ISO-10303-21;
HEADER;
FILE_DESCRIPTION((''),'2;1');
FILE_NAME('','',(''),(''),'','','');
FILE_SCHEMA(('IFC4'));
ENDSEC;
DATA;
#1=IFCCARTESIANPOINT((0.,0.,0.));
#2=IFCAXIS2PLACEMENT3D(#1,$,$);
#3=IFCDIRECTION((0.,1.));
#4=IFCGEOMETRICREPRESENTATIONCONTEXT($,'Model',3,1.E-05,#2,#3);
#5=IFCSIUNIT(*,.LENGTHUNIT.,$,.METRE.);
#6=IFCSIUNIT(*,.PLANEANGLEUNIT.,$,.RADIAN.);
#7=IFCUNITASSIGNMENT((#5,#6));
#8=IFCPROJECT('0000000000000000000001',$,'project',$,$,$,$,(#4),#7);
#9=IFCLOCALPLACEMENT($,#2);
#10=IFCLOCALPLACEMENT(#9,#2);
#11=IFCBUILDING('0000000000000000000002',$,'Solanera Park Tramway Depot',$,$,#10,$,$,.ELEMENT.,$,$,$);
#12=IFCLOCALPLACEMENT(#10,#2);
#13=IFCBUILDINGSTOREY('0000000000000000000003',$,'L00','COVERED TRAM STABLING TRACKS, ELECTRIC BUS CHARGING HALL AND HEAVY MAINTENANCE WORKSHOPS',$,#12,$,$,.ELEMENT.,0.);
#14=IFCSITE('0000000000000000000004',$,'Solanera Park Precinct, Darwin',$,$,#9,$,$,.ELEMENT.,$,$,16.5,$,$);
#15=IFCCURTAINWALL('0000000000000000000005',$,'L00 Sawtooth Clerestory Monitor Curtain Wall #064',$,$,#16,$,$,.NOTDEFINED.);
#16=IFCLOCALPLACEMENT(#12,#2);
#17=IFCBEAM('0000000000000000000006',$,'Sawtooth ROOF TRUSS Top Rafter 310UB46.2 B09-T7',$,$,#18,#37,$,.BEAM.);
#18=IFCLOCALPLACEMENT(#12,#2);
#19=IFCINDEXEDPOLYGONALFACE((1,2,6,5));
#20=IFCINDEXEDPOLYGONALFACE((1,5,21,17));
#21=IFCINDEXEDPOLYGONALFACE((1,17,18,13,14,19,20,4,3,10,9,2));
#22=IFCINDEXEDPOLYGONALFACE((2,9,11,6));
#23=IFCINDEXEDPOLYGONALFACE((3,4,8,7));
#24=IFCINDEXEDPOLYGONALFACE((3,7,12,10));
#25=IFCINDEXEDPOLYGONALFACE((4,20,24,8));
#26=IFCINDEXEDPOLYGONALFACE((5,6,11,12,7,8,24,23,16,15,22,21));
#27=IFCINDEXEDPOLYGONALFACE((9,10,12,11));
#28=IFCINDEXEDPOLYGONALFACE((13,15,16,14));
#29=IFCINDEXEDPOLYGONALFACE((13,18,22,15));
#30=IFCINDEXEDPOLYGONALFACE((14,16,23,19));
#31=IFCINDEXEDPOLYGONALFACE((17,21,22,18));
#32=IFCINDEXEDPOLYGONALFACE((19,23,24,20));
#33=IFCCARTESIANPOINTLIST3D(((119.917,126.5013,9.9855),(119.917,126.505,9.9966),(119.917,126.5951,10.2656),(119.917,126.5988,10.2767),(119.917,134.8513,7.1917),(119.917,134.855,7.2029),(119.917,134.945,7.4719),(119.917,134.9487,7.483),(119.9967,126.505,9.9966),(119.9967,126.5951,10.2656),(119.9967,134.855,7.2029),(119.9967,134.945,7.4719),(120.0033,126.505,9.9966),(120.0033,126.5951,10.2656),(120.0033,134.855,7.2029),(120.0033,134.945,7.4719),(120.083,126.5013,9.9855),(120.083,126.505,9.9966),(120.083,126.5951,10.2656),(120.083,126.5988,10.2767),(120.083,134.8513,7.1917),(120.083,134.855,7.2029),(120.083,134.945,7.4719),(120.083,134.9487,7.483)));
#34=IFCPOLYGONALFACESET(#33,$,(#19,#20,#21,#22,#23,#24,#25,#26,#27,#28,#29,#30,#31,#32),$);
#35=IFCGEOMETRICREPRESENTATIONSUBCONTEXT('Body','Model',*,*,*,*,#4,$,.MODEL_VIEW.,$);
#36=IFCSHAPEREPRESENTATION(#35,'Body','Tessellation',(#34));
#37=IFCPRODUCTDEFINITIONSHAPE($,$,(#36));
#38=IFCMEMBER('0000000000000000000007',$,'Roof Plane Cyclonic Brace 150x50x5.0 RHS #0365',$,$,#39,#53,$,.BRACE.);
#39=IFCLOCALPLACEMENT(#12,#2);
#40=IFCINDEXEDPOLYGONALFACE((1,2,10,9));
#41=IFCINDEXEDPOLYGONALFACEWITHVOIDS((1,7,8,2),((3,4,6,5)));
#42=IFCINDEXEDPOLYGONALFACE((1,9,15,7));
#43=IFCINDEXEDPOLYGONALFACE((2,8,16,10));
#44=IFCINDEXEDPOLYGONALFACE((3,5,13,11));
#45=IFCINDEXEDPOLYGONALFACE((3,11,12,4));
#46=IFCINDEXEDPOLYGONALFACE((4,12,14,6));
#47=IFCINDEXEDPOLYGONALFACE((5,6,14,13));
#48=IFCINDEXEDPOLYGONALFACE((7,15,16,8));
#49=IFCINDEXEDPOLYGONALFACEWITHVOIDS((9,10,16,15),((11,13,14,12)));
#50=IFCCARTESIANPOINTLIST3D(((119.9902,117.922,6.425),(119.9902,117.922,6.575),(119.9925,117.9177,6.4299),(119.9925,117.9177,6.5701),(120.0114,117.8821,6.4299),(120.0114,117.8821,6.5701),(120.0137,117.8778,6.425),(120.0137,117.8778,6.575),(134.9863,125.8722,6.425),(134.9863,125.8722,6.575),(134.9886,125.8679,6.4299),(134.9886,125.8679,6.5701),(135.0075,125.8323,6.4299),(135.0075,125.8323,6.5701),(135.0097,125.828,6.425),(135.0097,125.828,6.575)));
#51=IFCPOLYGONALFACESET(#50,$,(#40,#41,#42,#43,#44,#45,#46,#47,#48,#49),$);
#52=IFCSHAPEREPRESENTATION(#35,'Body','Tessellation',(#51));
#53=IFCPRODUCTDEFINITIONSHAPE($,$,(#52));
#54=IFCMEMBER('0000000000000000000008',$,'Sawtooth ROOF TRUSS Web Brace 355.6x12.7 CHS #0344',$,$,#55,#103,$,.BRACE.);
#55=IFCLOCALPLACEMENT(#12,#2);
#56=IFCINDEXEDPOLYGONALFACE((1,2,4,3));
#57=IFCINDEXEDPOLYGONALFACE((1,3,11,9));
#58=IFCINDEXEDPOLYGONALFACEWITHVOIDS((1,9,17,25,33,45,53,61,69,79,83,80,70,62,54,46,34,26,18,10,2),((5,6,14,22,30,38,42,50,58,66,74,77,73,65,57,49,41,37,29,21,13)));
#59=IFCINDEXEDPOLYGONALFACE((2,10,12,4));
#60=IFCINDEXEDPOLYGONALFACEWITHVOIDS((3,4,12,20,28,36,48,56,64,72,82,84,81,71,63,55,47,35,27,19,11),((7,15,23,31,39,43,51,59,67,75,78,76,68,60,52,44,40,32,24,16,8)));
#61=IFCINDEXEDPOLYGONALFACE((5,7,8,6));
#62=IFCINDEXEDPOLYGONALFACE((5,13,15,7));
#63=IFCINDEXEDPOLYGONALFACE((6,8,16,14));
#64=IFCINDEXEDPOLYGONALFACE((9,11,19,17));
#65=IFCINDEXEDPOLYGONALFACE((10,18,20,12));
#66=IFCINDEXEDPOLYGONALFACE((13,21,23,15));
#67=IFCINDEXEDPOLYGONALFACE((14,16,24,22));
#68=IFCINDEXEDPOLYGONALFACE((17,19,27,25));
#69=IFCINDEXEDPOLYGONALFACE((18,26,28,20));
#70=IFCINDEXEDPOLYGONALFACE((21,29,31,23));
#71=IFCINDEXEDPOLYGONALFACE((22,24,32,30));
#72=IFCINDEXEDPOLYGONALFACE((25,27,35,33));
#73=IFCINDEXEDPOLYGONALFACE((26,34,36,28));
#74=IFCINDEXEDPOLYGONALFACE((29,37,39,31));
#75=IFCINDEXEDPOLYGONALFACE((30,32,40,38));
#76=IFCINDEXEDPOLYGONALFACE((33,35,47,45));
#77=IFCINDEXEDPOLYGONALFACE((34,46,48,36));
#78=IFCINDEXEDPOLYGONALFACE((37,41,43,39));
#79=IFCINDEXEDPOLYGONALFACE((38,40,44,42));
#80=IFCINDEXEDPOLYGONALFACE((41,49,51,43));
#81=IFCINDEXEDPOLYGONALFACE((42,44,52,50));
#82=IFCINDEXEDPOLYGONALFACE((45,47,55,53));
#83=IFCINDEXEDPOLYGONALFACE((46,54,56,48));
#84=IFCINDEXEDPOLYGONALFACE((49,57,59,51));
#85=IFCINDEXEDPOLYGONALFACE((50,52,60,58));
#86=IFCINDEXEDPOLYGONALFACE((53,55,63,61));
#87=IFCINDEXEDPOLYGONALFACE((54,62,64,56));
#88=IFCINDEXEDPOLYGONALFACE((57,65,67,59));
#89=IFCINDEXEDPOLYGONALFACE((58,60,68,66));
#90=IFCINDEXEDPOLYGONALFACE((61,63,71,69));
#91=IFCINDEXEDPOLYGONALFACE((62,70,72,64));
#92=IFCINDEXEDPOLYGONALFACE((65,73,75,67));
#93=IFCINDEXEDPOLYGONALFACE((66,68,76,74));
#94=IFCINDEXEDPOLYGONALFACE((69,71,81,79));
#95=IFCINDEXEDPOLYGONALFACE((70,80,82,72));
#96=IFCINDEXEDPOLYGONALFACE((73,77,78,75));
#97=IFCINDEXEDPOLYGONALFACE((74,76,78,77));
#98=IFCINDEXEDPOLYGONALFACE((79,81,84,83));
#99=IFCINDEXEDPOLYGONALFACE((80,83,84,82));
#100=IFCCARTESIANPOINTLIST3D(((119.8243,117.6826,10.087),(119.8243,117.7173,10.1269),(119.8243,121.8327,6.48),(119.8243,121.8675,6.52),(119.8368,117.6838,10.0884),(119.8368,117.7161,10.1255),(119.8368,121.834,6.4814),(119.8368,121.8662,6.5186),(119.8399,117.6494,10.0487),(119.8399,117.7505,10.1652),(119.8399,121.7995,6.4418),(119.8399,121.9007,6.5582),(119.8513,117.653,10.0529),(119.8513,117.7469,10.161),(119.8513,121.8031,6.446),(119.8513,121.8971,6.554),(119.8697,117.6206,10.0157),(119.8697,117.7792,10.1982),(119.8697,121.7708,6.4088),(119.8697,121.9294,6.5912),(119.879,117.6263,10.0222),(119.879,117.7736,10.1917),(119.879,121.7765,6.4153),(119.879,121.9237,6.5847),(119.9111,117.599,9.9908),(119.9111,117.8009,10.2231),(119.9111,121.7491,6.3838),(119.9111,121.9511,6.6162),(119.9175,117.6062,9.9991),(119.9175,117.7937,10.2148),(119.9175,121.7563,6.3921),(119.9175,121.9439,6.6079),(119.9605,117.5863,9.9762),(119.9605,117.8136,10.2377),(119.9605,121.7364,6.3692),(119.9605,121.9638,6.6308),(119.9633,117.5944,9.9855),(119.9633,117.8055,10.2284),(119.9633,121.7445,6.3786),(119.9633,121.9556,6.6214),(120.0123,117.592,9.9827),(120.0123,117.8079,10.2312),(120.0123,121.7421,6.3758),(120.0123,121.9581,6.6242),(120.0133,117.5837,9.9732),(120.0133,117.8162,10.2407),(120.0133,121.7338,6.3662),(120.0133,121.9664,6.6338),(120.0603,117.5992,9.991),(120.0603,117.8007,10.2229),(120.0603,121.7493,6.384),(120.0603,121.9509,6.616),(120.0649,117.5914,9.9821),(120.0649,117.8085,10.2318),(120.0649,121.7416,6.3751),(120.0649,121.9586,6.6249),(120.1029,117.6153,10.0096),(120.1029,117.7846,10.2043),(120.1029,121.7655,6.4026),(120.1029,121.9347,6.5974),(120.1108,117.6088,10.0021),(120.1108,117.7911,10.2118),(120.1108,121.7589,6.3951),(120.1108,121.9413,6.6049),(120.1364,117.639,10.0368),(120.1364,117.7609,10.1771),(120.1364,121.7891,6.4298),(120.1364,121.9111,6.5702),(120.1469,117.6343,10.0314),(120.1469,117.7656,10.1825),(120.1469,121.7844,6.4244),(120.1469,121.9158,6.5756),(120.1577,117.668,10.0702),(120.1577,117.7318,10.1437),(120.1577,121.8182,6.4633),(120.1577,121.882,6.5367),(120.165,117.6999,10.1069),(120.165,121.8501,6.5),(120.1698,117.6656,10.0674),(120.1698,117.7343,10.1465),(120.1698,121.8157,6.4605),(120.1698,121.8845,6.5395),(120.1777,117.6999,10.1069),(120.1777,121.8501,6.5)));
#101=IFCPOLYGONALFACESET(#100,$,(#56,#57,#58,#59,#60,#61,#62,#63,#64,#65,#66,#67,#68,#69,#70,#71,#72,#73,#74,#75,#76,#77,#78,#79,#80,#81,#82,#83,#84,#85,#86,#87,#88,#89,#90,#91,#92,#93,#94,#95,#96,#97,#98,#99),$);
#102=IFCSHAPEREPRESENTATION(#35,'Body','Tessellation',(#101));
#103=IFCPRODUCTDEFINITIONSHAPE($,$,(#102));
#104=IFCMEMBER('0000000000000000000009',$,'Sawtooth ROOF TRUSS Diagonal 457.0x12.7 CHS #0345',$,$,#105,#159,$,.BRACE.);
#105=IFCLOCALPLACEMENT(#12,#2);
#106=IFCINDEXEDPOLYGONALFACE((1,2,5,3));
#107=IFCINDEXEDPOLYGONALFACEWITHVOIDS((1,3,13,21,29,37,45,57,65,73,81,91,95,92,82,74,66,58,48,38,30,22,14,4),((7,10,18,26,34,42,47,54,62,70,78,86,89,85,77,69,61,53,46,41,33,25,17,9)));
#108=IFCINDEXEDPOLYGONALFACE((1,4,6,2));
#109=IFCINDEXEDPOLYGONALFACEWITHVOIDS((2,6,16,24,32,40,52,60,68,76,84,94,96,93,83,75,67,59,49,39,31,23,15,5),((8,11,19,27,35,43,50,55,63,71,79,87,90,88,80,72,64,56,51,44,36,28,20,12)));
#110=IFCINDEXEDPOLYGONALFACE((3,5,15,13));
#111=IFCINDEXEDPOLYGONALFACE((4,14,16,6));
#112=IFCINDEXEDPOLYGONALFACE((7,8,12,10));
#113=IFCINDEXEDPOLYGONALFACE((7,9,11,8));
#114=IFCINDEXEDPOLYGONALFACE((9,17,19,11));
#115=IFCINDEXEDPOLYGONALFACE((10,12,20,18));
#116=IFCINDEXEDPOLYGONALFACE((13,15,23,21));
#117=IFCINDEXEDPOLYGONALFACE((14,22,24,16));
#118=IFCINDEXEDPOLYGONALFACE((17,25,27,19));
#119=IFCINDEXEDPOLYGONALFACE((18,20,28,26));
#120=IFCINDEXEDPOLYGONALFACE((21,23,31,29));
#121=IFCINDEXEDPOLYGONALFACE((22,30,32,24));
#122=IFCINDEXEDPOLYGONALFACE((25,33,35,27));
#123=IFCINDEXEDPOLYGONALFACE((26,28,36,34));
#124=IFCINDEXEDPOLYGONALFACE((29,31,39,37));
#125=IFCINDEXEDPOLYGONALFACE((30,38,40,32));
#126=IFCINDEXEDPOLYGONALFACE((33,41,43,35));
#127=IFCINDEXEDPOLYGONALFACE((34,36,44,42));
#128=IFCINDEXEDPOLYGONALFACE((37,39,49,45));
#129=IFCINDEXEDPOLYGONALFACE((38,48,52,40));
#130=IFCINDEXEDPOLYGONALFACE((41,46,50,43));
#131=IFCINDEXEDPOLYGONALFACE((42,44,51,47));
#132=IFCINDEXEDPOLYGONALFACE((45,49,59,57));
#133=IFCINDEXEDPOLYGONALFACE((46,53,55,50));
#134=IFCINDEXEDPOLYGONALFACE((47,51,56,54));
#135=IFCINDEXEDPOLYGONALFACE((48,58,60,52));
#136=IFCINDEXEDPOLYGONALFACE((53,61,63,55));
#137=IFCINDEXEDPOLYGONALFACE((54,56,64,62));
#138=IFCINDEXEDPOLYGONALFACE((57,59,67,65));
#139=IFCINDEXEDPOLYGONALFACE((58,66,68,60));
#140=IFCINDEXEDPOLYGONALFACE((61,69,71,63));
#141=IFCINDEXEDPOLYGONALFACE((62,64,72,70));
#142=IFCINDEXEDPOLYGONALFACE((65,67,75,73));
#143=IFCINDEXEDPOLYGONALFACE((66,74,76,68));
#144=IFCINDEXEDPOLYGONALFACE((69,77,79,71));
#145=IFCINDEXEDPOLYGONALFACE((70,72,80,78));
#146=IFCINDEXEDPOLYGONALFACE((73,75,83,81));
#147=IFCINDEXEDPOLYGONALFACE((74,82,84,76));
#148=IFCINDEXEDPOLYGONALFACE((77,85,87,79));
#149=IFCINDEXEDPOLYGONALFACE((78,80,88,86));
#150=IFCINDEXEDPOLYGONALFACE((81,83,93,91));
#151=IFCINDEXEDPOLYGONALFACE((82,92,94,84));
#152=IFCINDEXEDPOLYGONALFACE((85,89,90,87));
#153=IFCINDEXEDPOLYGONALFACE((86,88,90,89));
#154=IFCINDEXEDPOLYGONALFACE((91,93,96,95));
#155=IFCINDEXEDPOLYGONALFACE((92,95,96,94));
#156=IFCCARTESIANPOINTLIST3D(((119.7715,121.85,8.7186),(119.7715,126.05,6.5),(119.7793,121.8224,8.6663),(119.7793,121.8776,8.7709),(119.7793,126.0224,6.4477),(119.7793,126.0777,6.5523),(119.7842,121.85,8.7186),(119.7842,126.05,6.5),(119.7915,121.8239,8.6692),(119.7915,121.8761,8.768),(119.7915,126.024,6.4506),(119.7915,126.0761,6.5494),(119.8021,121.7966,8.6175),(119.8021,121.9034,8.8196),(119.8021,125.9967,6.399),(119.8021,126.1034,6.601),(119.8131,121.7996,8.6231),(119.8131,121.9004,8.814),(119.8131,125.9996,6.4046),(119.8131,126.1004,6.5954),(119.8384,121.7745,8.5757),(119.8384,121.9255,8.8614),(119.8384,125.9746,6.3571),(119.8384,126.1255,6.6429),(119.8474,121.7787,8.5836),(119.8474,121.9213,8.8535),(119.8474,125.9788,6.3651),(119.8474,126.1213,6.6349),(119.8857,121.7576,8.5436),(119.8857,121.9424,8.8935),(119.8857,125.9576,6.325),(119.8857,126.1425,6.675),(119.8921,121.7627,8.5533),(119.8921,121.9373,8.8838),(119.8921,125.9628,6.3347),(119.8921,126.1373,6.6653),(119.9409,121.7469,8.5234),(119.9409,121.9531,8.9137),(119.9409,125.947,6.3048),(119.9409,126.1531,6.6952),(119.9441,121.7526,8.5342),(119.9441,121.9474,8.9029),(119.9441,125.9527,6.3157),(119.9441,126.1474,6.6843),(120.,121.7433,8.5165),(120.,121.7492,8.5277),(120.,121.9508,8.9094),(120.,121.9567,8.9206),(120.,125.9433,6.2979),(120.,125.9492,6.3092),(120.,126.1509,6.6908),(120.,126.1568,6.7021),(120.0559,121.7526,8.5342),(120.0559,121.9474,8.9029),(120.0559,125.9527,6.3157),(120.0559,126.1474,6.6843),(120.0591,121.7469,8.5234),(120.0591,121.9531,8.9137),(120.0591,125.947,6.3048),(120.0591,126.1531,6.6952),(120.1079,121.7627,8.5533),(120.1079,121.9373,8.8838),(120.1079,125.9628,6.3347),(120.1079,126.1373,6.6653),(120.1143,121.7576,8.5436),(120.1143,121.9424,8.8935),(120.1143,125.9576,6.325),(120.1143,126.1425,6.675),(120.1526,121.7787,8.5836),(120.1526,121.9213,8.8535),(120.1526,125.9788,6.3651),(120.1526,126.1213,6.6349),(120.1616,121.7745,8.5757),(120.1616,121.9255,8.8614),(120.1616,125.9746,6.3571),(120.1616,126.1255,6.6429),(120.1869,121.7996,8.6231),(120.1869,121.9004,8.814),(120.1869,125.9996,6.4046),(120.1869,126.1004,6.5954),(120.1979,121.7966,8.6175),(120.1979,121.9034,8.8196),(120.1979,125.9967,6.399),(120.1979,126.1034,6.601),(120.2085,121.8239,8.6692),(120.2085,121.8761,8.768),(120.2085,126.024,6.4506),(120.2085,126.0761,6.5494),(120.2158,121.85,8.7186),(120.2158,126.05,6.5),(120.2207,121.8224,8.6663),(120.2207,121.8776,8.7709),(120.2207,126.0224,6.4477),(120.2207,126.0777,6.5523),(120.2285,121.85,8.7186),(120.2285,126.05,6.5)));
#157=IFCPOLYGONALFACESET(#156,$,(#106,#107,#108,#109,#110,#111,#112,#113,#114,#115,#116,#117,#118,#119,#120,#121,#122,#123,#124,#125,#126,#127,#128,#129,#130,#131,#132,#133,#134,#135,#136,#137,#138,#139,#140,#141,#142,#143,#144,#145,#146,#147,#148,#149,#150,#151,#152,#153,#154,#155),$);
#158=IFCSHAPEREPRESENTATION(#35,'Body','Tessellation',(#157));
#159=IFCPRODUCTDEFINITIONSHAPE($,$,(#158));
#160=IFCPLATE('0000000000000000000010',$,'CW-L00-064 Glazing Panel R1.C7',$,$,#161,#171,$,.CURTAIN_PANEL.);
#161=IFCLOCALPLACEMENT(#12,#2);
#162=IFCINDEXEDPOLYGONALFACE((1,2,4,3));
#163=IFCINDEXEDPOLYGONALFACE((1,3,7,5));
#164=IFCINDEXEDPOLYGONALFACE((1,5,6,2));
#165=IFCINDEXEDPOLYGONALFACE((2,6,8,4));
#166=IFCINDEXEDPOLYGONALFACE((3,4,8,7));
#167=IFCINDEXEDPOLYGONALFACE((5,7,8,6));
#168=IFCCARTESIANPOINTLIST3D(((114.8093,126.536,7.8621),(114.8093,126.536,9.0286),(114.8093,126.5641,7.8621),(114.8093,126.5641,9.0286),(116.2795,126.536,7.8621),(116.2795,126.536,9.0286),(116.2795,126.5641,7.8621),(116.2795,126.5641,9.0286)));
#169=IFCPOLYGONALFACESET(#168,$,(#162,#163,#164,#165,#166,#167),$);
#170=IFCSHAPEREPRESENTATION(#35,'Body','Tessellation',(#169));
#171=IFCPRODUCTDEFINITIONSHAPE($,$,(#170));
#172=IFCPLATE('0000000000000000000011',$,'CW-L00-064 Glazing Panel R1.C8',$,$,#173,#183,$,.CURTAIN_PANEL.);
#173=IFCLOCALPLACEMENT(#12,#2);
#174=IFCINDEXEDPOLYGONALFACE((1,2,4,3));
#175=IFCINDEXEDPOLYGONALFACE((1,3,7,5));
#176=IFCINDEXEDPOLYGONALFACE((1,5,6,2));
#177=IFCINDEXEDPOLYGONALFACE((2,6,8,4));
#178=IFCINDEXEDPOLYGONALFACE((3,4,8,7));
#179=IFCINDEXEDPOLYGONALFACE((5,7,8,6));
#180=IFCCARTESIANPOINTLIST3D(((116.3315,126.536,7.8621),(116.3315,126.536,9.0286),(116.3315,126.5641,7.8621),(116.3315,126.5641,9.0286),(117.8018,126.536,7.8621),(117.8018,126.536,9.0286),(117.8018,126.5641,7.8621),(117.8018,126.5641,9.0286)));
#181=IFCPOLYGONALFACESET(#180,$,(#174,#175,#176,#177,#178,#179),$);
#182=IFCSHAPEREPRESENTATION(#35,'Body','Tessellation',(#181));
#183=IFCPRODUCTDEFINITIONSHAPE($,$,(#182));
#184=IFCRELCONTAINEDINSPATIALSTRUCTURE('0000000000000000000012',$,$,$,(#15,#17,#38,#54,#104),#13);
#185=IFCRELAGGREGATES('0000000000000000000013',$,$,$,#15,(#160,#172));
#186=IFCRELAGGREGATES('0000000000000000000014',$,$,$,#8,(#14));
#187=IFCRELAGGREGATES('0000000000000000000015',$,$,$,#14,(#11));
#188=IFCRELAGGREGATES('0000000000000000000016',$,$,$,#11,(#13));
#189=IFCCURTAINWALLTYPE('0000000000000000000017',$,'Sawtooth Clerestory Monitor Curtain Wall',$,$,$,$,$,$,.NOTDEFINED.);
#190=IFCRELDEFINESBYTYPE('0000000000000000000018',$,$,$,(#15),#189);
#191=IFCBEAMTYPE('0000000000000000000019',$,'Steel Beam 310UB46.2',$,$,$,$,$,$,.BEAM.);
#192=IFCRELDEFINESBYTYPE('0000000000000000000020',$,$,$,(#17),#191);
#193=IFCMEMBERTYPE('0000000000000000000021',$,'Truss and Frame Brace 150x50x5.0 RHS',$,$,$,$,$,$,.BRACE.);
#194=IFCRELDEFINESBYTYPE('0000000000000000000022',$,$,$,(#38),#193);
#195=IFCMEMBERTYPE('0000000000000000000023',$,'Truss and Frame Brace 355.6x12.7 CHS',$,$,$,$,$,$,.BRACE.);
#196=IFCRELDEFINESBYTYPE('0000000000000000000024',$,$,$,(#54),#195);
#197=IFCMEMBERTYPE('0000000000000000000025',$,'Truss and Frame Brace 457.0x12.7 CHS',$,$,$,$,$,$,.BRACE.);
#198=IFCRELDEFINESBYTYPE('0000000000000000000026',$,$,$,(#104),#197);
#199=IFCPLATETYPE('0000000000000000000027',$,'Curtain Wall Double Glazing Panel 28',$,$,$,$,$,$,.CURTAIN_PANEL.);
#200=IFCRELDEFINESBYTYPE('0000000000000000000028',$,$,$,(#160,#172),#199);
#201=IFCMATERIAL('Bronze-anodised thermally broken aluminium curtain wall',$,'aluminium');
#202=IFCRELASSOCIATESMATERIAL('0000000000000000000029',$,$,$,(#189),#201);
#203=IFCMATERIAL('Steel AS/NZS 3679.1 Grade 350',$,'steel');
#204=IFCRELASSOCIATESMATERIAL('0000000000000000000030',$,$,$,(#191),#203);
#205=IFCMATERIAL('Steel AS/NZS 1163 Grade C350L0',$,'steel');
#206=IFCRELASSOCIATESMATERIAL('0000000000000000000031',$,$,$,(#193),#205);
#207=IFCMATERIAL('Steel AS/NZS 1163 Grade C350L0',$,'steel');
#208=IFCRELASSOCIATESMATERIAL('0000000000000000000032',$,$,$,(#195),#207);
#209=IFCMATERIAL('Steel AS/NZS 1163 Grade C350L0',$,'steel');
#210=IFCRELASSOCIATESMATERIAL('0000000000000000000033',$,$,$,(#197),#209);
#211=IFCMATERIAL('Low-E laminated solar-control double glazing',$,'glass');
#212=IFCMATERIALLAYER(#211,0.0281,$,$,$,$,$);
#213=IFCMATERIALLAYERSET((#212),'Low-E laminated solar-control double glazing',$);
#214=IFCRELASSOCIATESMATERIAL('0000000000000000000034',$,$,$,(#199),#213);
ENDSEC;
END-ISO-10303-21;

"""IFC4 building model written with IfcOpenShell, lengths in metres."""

from ifc_helpers import new_model, si_unit, direction, frame, origin, origin_2d, place, context, subcontext, project, spatial, rectangle, hollow_rectangle, hollow_circle, i_section, extrude, material, layer, layer_set, material_profile, profile_set, type_object, element, aggregate, save


model = new_model("IFC4")

# Units and contexts
model_context = context("Model", 3, precision=1e-05, world=origin(), true_north=direction((0.0, 1.0)))
body_context = subcontext(model_context, "Body", "Model", "MODEL_VIEW")
ifc_project = project(units=[si_unit("LENGTHUNIT", "METRE"), si_unit("PLANEANGLEUNIT", "RADIAN")], contexts=[model_context])

# Site, building, storey
site_placement = place(None, origin())
site = spatial("IfcSite", under=ifc_project, at=site_placement, Name="Solanera Park Precinct, Darwin", CompositionType="ELEMENT", RefElevation=16.5)
building_placement = place(site_placement, origin())
building = spatial("IfcBuilding", under=site, at=building_placement, Name="Solanera Park Tramway Depot", CompositionType="ELEMENT")
storey_placement = place(building_placement, origin())
storey = spatial("IfcBuildingStorey", under=building, at=storey_placement, Name="L00", Description="COVERED TRAM STABLING TRACKS, ELECTRIC BUS CHARGING HALL AND HEAVY MAINTENANCE WORKSHOPS", CompositionType="ELEMENT", Elevation=0.0)

# Curtain wall
ifc_material_1 = material(Name="Bronze-anodised thermally broken aluminium curtain wall", Category="aluminium")
curtain_wall_type = type_object("IfcCurtainWallType", Name="Sawtooth Clerestory Monitor Curtain Wall", PredefinedType="NOTDEFINED", material=ifc_material_1)
curtain_wall_placement = place(storey_placement, origin())
curtain_wall = element("IfcCurtainWall", 1, at=curtain_wall_placement, inside=storey, type_object=curtain_wall_type, Name="L00 Sawtooth Clerestory Monitor Curtain Wall #064", PredefinedType="NOTDEFINED")

# Beam
ifc_material_2 = material(Name="Steel AS/NZS 3679.1 Grade 350", Category="steel")
ifc_material_profile_1 = material_profile(ifc_material_2, i_section(OverallWidth=0.166, OverallDepth=0.3071, WebThickness=0.0066, FlangeThickness=0.0117, at=origin_2d()), Name="310UB46.2")
ifc_profile_set_1 = profile_set([ifc_material_profile_1], Name="Steel AS/NZS 3679.1 Grade 350")
beam_type = type_object("IfcBeamType", Name="Steel Beam 310UB46.2", PredefinedType="BEAM", material=ifc_profile_set_1)
beam_placement = place(storey_placement, frame((120.0, 126.55, 10.1311), z_axis=(0.0, 0.948328, -0.317292), x_axis=(-1.0, 0.0, 0.0)))
element("IfcBeam", 2, at=beam_placement, inside=storey, type_object=beam_type, Name="Sawtooth ROOF TRUSS Top Rafter 310UB46.2 B09-T7", PredefinedType="BEAM", context=body_context, shape_type="SweptSolid", body=[
    extrude(i_section(OverallWidth=0.166, OverallDepth=0.3071, WebThickness=0.0066, FlangeThickness=0.0117, at=origin_2d()), origin(), (0.0, 0.0, 1.0), 8.8049),
])

# Members
ifc_material_3 = material(Name="Steel AS/NZS 1163 Grade C350L0", Category="steel")
ifc_material_profile_2 = material_profile(ifc_material_3, hollow_rectangle(XDim=0.05, YDim=0.1499, WallThickness=0.0049, at=origin_2d()), Name="150x50x5.0 RHS")
ifc_profile_set_2 = profile_set([ifc_material_profile_2], Name="Steel AS/NZS 1163 Grade C350L0")
member_type_1 = type_object("IfcMemberType", Name="Truss and Frame Brace 150x50x5.0 RHS", PredefinedType="BRACE", material=ifc_profile_set_2)
member_1_placement = place(storey_placement, frame((120.002, 117.8999, 6.5), z_axis=(0.883518, 0.468398, 0.0), x_axis=(-0.468398, 0.883518, 0.0)))
element("IfcMember", 3, at=member_1_placement, inside=storey, type_object=member_type_1, Name="Roof Plane Cyclonic Brace 150x50x5.0 RHS #0365", PredefinedType="BRACE", context=body_context, shape_type="SweptSolid", body=[
    extrude(hollow_rectangle(XDim=0.05, YDim=0.1499, WallThickness=0.0049, at=origin_2d()), origin(), (0.0, 0.0, 1.0), 16.9731),
])
ifc_material_4 = material(Name="Steel AS/NZS 1163 Grade C350L0", Category="steel")
ifc_material_profile_3 = material_profile(ifc_material_4, hollow_circle(Radius=0.1777, WallThickness=0.0127, at=origin_2d()), Name="355.6x12.7 CHS")
ifc_profile_set_3 = profile_set([ifc_material_profile_3], Name="Steel AS/NZS 1163 Grade C350L0")
member_type_2 = type_object("IfcMemberType", Name="Truss and Frame Brace 355.6x12.7 CHS", PredefinedType="BRACE", material=ifc_profile_set_3)
member_2_placement = place(storey_placement, frame((120.0, 121.8501, 6.5), z_axis=(0.0, -0.754776, 0.655983), x_axis=(1.0, 0.0, 0.0)))
element("IfcMember", 4, at=member_2_placement, inside=storey, type_object=member_type_2, Name="Sawtooth ROOF TRUSS Web Brace 355.6x12.7 CHS #0344", PredefinedType="BRACE", context=body_context, shape_type="SweptSolid", body=[
    extrude(hollow_circle(Radius=0.1777, WallThickness=0.0127, at=origin_2d()), origin(), (0.0, 0.0, 1.0), 5.4985),
])
ifc_material_5 = material(Name="Steel AS/NZS 1163 Grade C350L0", Category="steel")
ifc_material_profile_4 = material_profile(ifc_material_5, hollow_circle(Radius=0.2285, WallThickness=0.0127, at=origin_2d()), Name="457.0x12.7 CHS")
ifc_profile_set_4 = profile_set([ifc_material_profile_4], Name="Steel AS/NZS 1163 Grade C350L0")
member_type_3 = type_object("IfcMemberType", Name="Truss and Frame Brace 457.0x12.7 CHS", PredefinedType="BRACE", material=ifc_profile_set_4)
member_3_placement = place(storey_placement, frame((120.0, 126.05, 6.5), z_axis=(0.0, -0.884223, 0.467066), x_axis=(1.0, 0.0, 0.0)))
element("IfcMember", 5, at=member_3_placement, inside=storey, type_object=member_type_3, Name="Sawtooth ROOF TRUSS Diagonal 457.0x12.7 CHS #0345", PredefinedType="BRACE", context=body_context, shape_type="SweptSolid", body=[
    extrude(hollow_circle(Radius=0.2285, WallThickness=0.0127, at=origin_2d()), origin(), (0.0, 0.0, 1.0), 4.75),
])

# Plates
ifc_material_6 = material(Name="Low-E laminated solar-control double glazing", Category="glass")
ifc_layer_1 = layer(ifc_material_6, 0.0281)
ifc_layer_set_1 = layer_set([ifc_layer_1], Name="Low-E laminated solar-control double glazing")
plate_type_1 = type_object("IfcPlateType", Name="Curtain Wall Double Glazing Panel 28", PredefinedType="CURTAIN_PANEL", material=ifc_layer_set_1)
plate_1_placement = place(storey_placement, frame((115.5444, 126.55, 7.8621), z_axis=(0.0, 0.0, 1.0), x_axis=(1.0, 0.0, 0.0)))
plate_1 = element("IfcPlate", 6, at=plate_1_placement, type_object=plate_type_1, Name="CW-L00-064 Glazing Panel R1.C7", PredefinedType="CURTAIN_PANEL", context=body_context, shape_type="SweptSolid", body=[
    extrude(rectangle(XDim=1.4702, YDim=0.0281, at=origin_2d()), origin(), (0.0, 0.0, 1.0), 1.1665),
])
plate_2_placement = place(storey_placement, frame((117.0667, 126.55, 7.8621), z_axis=(0.0, 0.0, 1.0), x_axis=(1.0, 0.0, 0.0)))
plate_2 = element("IfcPlate", 7, at=plate_2_placement, type_object=plate_type_1, Name="CW-L00-064 Glazing Panel R1.C8", PredefinedType="CURTAIN_PANEL", context=body_context, shape_type="SweptSolid", body=[
    extrude(rectangle(XDim=1.4702, YDim=0.0281, at=origin_2d()), origin(), (0.0, 0.0, 1.0), 1.1665),
])
aggregate(curtain_wall, [plate_1, plate_2])

save(model, "model.ifc")
